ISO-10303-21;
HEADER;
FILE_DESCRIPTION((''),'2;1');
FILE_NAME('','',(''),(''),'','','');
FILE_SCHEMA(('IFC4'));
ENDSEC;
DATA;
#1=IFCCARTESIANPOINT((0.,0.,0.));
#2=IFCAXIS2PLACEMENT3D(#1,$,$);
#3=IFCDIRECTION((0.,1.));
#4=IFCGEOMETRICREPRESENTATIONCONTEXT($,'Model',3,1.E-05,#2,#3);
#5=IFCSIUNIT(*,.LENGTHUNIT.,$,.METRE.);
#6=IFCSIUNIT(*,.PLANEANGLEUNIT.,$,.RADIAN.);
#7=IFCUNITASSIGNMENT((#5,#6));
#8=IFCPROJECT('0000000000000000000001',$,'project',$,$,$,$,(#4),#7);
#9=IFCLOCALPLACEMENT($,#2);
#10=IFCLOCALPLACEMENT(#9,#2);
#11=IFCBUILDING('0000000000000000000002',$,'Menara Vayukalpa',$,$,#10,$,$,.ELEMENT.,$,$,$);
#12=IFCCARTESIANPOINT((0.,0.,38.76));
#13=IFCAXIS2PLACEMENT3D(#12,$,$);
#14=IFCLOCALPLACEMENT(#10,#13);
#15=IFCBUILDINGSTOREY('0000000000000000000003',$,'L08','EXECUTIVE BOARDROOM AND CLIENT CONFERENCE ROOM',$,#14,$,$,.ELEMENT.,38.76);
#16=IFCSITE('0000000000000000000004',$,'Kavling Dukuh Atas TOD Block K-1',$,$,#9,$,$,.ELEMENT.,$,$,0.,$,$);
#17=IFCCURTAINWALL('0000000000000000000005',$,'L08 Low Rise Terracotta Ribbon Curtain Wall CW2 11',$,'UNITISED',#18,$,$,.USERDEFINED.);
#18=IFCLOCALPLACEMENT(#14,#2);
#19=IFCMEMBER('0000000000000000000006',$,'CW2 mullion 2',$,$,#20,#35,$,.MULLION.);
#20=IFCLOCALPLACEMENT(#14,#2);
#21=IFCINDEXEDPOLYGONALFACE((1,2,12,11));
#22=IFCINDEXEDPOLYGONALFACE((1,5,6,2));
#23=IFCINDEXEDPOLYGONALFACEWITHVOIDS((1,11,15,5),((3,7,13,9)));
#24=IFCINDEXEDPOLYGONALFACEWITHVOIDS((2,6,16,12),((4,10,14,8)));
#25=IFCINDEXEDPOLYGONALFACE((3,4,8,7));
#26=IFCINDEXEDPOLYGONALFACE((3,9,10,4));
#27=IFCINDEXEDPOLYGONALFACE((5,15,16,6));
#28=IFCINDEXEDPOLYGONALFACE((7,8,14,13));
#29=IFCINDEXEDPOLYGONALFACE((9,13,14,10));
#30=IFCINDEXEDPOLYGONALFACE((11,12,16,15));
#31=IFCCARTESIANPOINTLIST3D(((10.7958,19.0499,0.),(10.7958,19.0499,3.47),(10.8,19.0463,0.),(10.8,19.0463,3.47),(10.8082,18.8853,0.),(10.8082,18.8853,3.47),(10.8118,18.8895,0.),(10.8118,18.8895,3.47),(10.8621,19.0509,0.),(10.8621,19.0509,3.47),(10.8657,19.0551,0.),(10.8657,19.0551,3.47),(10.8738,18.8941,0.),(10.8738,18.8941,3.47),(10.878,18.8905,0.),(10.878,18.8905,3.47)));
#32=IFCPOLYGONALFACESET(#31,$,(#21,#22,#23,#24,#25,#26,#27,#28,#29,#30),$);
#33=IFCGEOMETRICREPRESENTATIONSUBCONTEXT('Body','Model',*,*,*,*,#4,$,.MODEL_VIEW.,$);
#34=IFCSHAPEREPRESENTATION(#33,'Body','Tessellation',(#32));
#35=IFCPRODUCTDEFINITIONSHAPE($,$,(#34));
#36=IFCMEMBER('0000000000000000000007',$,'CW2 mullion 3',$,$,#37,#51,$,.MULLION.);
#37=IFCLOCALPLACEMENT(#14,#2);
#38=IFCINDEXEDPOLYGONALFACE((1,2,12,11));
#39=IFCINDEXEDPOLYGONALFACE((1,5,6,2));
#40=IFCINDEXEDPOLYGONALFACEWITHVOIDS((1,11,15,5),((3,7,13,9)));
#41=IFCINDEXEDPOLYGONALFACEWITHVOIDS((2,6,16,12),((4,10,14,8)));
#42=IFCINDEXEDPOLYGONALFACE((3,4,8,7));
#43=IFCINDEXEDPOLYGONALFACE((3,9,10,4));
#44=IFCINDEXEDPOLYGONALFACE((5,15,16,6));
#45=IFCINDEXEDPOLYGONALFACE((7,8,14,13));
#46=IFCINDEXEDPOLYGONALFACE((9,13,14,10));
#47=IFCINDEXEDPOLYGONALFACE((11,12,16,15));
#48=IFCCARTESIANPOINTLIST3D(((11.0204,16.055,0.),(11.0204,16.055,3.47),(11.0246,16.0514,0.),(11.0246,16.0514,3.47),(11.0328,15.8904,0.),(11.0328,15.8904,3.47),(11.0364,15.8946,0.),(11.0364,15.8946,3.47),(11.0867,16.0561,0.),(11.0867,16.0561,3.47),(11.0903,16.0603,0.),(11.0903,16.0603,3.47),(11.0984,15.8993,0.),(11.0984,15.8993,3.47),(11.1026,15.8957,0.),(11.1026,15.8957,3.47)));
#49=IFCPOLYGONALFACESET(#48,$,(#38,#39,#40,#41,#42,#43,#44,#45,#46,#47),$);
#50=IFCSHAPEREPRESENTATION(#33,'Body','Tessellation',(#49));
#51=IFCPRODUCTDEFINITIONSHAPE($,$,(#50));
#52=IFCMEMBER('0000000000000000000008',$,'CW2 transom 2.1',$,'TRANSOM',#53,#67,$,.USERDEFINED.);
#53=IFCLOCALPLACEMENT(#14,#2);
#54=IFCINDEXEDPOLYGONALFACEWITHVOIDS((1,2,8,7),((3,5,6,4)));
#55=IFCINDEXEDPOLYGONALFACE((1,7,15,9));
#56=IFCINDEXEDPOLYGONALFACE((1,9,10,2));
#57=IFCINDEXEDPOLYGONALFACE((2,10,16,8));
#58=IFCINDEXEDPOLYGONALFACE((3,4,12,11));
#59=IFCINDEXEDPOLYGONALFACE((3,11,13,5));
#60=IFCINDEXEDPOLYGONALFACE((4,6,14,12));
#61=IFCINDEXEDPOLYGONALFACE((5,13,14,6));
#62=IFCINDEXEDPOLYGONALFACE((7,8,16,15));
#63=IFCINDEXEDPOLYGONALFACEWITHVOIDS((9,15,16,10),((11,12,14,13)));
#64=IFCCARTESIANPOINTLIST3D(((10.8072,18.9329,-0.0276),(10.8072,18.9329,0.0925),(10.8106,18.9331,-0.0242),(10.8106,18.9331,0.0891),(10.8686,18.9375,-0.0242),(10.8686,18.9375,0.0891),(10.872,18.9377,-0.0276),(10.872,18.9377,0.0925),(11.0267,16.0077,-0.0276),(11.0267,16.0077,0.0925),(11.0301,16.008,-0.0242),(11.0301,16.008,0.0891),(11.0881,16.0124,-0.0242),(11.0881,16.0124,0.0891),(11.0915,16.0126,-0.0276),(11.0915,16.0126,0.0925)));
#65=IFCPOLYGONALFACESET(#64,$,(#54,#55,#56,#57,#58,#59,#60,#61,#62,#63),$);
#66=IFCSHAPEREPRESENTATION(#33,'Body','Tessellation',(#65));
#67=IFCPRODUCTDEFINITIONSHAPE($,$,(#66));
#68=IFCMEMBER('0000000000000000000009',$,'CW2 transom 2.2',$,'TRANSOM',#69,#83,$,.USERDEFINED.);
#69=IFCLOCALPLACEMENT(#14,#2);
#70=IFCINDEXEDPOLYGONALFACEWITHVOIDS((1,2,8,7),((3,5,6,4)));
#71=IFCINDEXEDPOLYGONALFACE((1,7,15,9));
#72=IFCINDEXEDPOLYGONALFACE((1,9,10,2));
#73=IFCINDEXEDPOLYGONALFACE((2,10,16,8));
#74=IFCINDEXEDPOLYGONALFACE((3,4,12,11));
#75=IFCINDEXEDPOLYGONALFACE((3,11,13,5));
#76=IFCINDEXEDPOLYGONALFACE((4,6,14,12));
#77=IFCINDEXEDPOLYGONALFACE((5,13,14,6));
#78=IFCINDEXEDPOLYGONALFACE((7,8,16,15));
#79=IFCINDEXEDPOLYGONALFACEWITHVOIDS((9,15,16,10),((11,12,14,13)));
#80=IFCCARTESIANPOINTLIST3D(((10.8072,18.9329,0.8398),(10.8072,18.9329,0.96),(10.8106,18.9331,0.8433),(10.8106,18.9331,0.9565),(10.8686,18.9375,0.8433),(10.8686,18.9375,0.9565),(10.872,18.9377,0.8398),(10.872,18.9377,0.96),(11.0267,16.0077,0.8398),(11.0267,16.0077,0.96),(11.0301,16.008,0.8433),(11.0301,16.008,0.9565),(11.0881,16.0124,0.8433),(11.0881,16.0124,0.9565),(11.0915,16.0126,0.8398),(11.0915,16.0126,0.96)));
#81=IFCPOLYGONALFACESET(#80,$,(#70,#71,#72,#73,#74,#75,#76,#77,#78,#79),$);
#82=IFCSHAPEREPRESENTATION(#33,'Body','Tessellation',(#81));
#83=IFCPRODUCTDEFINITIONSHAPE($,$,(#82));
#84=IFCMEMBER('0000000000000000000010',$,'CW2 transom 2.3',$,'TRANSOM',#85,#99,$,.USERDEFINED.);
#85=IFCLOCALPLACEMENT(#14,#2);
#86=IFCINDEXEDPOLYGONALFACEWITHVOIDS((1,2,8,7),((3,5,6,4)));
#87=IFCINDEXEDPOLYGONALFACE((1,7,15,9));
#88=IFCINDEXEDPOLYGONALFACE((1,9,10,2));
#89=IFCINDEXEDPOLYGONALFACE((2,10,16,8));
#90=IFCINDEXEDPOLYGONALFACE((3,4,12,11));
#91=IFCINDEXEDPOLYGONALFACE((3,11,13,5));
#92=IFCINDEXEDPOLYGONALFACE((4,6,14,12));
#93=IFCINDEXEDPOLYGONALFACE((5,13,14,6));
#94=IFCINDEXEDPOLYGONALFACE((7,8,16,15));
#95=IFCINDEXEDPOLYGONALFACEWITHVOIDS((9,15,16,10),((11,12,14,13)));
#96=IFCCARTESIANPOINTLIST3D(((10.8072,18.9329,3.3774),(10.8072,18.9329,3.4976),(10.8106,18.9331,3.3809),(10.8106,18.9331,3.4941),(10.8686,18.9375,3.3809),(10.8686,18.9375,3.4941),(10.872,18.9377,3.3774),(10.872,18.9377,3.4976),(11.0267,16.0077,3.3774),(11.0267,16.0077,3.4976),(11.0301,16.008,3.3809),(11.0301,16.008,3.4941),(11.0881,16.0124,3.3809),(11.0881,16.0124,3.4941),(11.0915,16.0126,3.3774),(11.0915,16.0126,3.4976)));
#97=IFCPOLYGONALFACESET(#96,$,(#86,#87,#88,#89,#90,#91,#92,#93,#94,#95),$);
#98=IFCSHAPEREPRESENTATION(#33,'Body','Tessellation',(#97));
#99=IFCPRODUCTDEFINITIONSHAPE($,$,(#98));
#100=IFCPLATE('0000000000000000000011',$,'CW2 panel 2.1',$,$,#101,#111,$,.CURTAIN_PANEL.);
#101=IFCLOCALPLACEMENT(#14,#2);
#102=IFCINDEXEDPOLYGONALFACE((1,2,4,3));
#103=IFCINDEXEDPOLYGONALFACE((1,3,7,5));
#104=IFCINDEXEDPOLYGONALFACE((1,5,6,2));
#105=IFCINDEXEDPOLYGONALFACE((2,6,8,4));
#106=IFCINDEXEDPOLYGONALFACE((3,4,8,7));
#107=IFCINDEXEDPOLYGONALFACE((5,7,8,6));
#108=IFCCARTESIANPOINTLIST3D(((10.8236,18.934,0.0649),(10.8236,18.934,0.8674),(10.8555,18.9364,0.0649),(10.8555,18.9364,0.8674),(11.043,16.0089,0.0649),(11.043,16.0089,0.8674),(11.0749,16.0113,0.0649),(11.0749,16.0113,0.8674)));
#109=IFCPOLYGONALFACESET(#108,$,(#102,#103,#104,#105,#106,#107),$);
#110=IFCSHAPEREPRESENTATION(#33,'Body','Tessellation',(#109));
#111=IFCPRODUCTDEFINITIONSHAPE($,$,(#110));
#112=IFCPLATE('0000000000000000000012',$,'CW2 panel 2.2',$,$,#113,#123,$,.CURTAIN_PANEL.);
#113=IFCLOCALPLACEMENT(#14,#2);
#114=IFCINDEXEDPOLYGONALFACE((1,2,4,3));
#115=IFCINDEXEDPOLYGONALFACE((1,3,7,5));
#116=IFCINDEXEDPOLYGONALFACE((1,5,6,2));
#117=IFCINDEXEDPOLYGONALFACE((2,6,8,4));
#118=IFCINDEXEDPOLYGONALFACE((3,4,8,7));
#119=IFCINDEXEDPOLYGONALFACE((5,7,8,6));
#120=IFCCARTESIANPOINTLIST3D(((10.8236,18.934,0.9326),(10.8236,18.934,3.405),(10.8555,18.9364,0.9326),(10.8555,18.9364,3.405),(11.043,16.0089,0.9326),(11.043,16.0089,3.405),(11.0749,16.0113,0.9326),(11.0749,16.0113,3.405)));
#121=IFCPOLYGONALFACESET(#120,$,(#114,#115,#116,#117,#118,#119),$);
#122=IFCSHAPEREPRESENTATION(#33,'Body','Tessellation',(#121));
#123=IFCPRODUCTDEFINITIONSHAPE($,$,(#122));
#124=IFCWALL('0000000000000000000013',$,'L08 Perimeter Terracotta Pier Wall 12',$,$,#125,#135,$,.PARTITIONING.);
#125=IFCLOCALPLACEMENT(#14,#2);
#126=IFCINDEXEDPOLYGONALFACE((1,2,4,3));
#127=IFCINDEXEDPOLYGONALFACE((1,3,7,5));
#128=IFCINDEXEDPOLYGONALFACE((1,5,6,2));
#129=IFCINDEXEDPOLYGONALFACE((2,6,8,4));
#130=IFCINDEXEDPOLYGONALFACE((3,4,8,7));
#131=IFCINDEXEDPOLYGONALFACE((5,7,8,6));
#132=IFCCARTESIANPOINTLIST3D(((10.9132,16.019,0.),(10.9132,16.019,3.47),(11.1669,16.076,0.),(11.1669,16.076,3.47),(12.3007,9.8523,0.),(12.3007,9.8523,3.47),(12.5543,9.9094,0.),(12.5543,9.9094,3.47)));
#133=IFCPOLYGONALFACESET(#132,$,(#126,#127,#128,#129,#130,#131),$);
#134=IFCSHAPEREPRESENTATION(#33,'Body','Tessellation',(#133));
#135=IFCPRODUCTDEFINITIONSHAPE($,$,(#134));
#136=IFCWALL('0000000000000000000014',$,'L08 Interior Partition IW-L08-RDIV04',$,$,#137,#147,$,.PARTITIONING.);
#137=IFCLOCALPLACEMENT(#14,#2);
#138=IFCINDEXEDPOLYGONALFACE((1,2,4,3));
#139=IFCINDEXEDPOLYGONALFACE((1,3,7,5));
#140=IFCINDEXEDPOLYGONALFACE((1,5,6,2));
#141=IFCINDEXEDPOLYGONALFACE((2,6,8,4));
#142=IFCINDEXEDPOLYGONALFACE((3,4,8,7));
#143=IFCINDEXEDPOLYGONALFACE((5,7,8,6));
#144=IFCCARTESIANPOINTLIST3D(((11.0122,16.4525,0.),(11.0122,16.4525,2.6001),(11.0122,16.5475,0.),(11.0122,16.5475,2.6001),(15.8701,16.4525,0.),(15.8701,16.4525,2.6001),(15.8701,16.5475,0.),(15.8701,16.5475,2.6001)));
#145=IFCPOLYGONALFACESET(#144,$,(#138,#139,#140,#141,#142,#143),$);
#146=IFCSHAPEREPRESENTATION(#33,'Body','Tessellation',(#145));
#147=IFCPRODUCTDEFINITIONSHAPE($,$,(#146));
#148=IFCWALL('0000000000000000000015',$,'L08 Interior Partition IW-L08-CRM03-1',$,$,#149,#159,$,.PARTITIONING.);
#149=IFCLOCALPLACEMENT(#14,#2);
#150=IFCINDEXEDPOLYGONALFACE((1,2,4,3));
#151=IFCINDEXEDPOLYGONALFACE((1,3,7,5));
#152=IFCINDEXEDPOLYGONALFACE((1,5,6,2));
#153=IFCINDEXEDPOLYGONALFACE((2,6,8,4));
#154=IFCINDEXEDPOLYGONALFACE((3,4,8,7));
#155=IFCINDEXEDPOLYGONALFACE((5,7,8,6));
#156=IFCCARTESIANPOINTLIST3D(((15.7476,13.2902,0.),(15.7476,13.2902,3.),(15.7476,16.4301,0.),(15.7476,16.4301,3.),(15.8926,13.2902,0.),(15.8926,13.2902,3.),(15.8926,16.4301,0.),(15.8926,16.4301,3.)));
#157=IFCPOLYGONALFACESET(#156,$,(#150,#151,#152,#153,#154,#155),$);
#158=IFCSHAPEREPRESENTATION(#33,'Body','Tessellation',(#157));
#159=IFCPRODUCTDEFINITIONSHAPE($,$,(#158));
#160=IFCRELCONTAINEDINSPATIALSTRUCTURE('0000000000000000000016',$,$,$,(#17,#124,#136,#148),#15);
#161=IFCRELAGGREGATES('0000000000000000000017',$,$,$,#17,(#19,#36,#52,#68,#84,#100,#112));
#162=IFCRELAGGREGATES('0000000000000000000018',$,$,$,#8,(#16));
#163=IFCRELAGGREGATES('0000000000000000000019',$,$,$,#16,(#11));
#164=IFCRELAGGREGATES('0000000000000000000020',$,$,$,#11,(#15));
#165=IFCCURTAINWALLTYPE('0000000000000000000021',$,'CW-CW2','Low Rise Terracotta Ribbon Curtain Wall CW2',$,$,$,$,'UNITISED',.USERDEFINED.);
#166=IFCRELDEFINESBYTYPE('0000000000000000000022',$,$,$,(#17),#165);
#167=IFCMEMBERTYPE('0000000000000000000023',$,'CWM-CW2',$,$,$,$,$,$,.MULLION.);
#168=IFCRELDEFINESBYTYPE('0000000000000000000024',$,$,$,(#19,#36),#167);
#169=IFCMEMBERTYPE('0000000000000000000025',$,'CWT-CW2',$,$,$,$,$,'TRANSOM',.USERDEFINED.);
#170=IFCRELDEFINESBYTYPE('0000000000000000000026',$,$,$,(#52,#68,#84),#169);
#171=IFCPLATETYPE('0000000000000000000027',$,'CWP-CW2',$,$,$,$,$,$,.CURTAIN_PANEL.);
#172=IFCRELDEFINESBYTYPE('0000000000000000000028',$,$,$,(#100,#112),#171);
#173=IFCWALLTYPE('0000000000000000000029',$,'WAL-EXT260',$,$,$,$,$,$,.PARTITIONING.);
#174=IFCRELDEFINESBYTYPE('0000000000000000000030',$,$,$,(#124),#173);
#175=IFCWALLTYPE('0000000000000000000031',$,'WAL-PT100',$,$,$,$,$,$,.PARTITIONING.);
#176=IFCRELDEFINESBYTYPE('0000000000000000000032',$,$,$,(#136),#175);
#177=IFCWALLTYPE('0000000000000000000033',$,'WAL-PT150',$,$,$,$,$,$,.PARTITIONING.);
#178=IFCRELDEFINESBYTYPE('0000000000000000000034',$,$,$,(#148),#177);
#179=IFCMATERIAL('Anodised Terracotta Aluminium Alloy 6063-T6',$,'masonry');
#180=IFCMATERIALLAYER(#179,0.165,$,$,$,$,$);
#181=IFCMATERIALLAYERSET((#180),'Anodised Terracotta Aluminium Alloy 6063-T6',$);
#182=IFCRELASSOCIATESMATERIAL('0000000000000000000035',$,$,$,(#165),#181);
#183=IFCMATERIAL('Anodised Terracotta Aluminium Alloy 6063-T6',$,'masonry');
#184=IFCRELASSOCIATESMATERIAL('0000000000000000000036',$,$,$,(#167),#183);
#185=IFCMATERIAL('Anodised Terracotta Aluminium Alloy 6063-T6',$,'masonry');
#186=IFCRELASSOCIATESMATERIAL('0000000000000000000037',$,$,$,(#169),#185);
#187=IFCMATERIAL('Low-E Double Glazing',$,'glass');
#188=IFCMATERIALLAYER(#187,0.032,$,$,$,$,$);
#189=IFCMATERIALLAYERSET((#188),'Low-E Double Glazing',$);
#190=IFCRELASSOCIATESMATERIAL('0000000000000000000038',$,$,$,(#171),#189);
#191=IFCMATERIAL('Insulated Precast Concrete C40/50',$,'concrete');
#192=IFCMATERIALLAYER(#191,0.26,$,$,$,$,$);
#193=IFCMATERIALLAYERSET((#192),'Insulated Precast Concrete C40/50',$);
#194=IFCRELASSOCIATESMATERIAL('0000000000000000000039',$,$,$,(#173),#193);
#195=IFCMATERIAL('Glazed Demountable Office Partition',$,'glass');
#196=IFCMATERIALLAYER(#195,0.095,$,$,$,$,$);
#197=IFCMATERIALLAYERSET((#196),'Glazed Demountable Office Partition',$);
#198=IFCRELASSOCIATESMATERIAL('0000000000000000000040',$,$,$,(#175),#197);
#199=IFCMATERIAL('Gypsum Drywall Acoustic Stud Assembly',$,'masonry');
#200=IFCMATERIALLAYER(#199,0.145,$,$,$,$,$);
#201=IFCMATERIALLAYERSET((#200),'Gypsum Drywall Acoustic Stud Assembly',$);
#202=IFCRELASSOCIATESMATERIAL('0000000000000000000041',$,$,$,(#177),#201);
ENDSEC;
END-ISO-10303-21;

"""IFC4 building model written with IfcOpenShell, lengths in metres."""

from ifc_helpers import new_model, si_unit, direction, frame, frame_2d, origin, origin_2d, place, context, subcontext, project, spatial, rectangle, hollow_rectangle, extrude, material, layer, layer_set, material_profile, profile_set, type_object, element, aggregate, save


model = new_model("IFC4")

# Units and contexts
model_context = context("Model", 3, precision=1e-05, world=origin(), true_north=direction((0.0, 1.0)))
body_context = subcontext(model_context, "Body", "Model", "MODEL_VIEW")
ifc_project = project(units=[si_unit("LENGTHUNIT", "METRE"), si_unit("PLANEANGLEUNIT", "RADIAN")], contexts=[model_context])

# Site, building, storey
site_placement = place(None, origin())
site = spatial("IfcSite", under=ifc_project, at=site_placement, Name="Kavling Dukuh Atas TOD Block K-1", CompositionType="ELEMENT", RefElevation=0.0)
building_placement = place(site_placement, origin())
building = spatial("IfcBuilding", under=site, at=building_placement, Name="Menara Vayukalpa", CompositionType="ELEMENT")
storey_placement = place(building_placement, frame((0.0, 0.0, 38.76)))
storey = spatial("IfcBuildingStorey", under=building, at=storey_placement, Name="L08", Description="EXECUTIVE BOARDROOM AND CLIENT CONFERENCE ROOM", CompositionType="ELEMENT", Elevation=38.76)

# Curtain wall, members, plates
ifc_material_1 = material(Name="Anodised Terracotta Aluminium Alloy 6063-T6", Category="masonry")
ifc_layer_1 = layer(ifc_material_1, 0.165)
ifc_layer_set_1 = layer_set([ifc_layer_1], Name="Anodised Terracotta Aluminium Alloy 6063-T6")
curtain_wall_type = type_object("IfcCurtainWallType", Name="CW-CW2", Description="Low Rise Terracotta Ribbon Curtain Wall CW2", ElementType="UNITISED", PredefinedType="USERDEFINED", material=ifc_layer_set_1)
curtain_wall_placement = place(storey_placement, origin())
curtain_wall = element("IfcCurtainWall", 1, at=curtain_wall_placement, inside=storey, type_object=curtain_wall_type, Name="L08 Low Rise Terracotta Ribbon Curtain Wall CW2 11", ObjectType="UNITISED", PredefinedType="USERDEFINED")
ifc_material_2 = material(Name="Anodised Terracotta Aluminium Alloy 6063-T6", Category="masonry")
ifc_material_profile_1 = material_profile(ifc_material_2, hollow_rectangle(XDim=0.0701, YDim=0.165, WallThickness=0.0039, at=origin_2d()), Name="ALU 70x165x4")
ifc_profile_set_1 = profile_set([ifc_material_profile_1], Name="Anodised Terracotta Aluminium Alloy 6063-T6")
member_type_1 = type_object("IfcMemberType", Name="CWM-CW2", PredefinedType="MULLION", material=ifc_profile_set_1)
member_1_placement = place(storey_placement, frame((10.8369, 18.9702, 0.0), z_axis=(0.0, 0.0, 1.0), x_axis=(0.997199, 0.074795, 0.0)))
member_1 = element("IfcMember", 2, at=member_1_placement, type_object=member_type_1, Name="CW2 mullion 2", PredefinedType="MULLION", context=body_context, shape_type="SweptSolid", body=[
    extrude(hollow_rectangle(XDim=0.0701, YDim=0.165, WallThickness=0.0039, at=origin_2d()), origin(), (0.0, 0.0, 1.0), 3.47),
])
member_2_placement = place(storey_placement, frame((11.0615, 15.9753, 0.0), z_axis=(0.0, 0.0, 1.0), x_axis=(0.997199, 0.074795, 0.0)))
member_2 = element("IfcMember", 3, at=member_2_placement, type_object=member_type_1, Name="CW2 mullion 3", PredefinedType="MULLION", context=body_context, shape_type="SweptSolid", body=[
    extrude(hollow_rectangle(XDim=0.0701, YDim=0.165, WallThickness=0.0039, at=origin_2d()), origin(), (0.0, 0.0, 1.0), 3.47),
])
ifc_material_3 = material(Name="Anodised Terracotta Aluminium Alloy 6063-T6", Category="masonry")
ifc_material_profile_2 = material_profile(ifc_material_3, hollow_rectangle(XDim=0.0649, YDim=0.1201, WallThickness=0.0034, at=origin_2d()), Name="ALU 65x120x3.5")
ifc_profile_set_2 = profile_set([ifc_material_profile_2], Name="Anodised Terracotta Aluminium Alloy 6063-T6")
member_type_2 = type_object("IfcMemberType", Name="CWT-CW2", ElementType="TRANSOM", PredefinedType="USERDEFINED", material=ifc_profile_set_2)
member_3_placement = place(storey_placement, frame((10.8396, 18.9353, 0.0325), z_axis=(0.074825, -0.997197, 0.0), x_axis=(0.997197, 0.074825, 0.0)))
member_3 = element("IfcMember", 4, at=member_3_placement, type_object=member_type_2, Name="CW2 transom 2.1", ObjectType="TRANSOM", PredefinedType="USERDEFINED", context=body_context, shape_type="SweptSolid", body=[
    extrude(hollow_rectangle(XDim=0.0649, YDim=0.1201, WallThickness=0.0034, at=origin_2d()), origin(), (0.0, 0.0, 1.0), 2.9333),
])
member_4_placement = place(storey_placement, frame((10.8396, 18.9353, 0.8999), z_axis=(0.074825, -0.997197, 0.0), x_axis=(0.997197, 0.074825, 0.0)))
member_4 = element("IfcMember", 5, at=member_4_placement, type_object=member_type_2, Name="CW2 transom 2.2", ObjectType="TRANSOM", PredefinedType="USERDEFINED", context=body_context, shape_type="SweptSolid", body=[
    extrude(hollow_rectangle(XDim=0.0649, YDim=0.1201, WallThickness=0.0034, at=origin_2d()), origin(), (0.0, 0.0, 1.0), 2.9333),
])
member_5_placement = place(storey_placement, frame((10.8396, 18.9353, 3.4375), z_axis=(0.074825, -0.997197, 0.0), x_axis=(0.997197, 0.074825, 0.0)))
member_5 = element("IfcMember", 6, at=member_5_placement, type_object=member_type_2, Name="CW2 transom 2.3", ObjectType="TRANSOM", PredefinedType="USERDEFINED", context=body_context, shape_type="SweptSolid", body=[
    extrude(hollow_rectangle(XDim=0.0649, YDim=0.1201, WallThickness=0.0034, at=origin_2d()), origin(), (0.0, 0.0, 1.0), 2.9333),
])
ifc_material_4 = material(Name="Low-E Double Glazing", Category="glass")
ifc_layer_2 = layer(ifc_material_4, 0.032)
ifc_layer_set_2 = layer_set([ifc_layer_2], Name="Low-E Double Glazing")
plate_type = type_object("IfcPlateType", Name="CWP-CW2", PredefinedType="CURTAIN_PANEL", material=ifc_layer_set_2)
plate_1_placement = place(storey_placement, frame((10.9492, 17.4727, 0.0649), z_axis=(0.0, 0.0, 1.0), x_axis=(0.074795, -0.997199, 0.0)))
plate_1 = element("IfcPlate", 7, at=plate_1_placement, type_object=plate_type, Name="CW2 panel 2.1", PredefinedType="CURTAIN_PANEL", context=body_context, shape_type="SweptSolid", body=[
    extrude(rectangle(XDim=2.9333, YDim=0.032, at=origin_2d()), origin(), (0.0, 0.0, 1.0), 0.8025),
])
plate_2_placement = place(storey_placement, frame((10.9492, 17.4727, 0.9326), z_axis=(0.0, 0.0, 1.0), x_axis=(0.074795, -0.997199, 0.0)))
plate_2 = element("IfcPlate", 8, at=plate_2_placement, type_object=plate_type, Name="CW2 panel 2.2", PredefinedType="CURTAIN_PANEL", context=body_context, shape_type="SweptSolid", body=[
    extrude(rectangle(XDim=2.9333, YDim=0.032, at=origin_2d()), origin(), (0.0, 0.0, 1.0), 2.4724),
])
aggregate(curtain_wall, [member_1, member_2, member_3, member_4, member_5, plate_1, plate_2])

# Walls
ifc_material_5 = material(Name="Insulated Precast Concrete C40/50", Category="concrete")
ifc_layer_3 = layer(ifc_material_5, 0.26)
ifc_layer_set_3 = layer_set([ifc_layer_3], Name="Insulated Precast Concrete C40/50")
wall_type_1 = type_object("IfcWallType", Name="WAL-EXT260", PredefinedType="PARTITIONING", material=ifc_layer_set_3)
wall_1_placement = place(storey_placement, frame((12.4275, 9.8809, 0.0), z_axis=(0.0, 0.0, 1.0), x_axis=(-0.219502, 0.975612, 0.0)))
element("IfcWall", 9, at=wall_1_placement, inside=storey, type_object=wall_type_1, Name="L08 Perimeter Terracotta Pier Wall 12", PredefinedType="PARTITIONING", context=body_context, shape_type="SweptSolid", body=[
    extrude(rectangle(XDim=6.3208, YDim=0.26, at=frame_2d((3.1604, 0.0))), origin(), (0.0, 0.0, 1.0), 3.47),
])
ifc_material_6 = material(Name="Glazed Demountable Office Partition", Category="glass")
ifc_layer_4 = layer(ifc_material_6, 0.095)
ifc_layer_set_4 = layer_set([ifc_layer_4], Name="Glazed Demountable Office Partition")
wall_type_2 = type_object("IfcWallType", Name="WAL-PT100", PredefinedType="PARTITIONING", material=ifc_layer_set_4)
wall_2_placement = place(storey_placement, frame((11.0122, 16.5, 0.0), z_axis=(0.0, 0.0, 1.0), x_axis=(1.0, 0.0, 0.0)))
element("IfcWall", 10, at=wall_2_placement, inside=storey, type_object=wall_type_2, Name="L08 Interior Partition IW-L08-RDIV04", PredefinedType="PARTITIONING", context=body_context, shape_type="SweptSolid", body=[
    extrude(rectangle(XDim=4.8579, YDim=0.095, at=frame_2d((2.429, 0.0))), origin(), (0.0, 0.0, 1.0), 2.6001),
])
ifc_material_7 = material(Name="Gypsum Drywall Acoustic Stud Assembly", Category="masonry")
ifc_layer_5 = layer(ifc_material_7, 0.145)
ifc_layer_set_5 = layer_set([ifc_layer_5], Name="Gypsum Drywall Acoustic Stud Assembly")
wall_type_3 = type_object("IfcWallType", Name="WAL-PT150", PredefinedType="PARTITIONING", material=ifc_layer_set_5)
wall_3_placement = place(storey_placement, frame((15.8201, 16.4299, 0.0), z_axis=(0.0, 0.0, 1.0), x_axis=(0.0, -1.0, 0.0)))
element("IfcWall", 11, at=wall_3_placement, inside=storey, type_object=wall_type_3, Name="L08 Interior Partition IW-L08-CRM03-1", PredefinedType="PARTITIONING", context=body_context, shape_type="SweptSolid", body=[
    extrude(rectangle(XDim=3.1399, YDim=0.145, at=frame_2d((1.5698, 0.0))), origin(), (0.0, 0.0, 1.0), 3.0),
])

save(model, "model.ifc")
